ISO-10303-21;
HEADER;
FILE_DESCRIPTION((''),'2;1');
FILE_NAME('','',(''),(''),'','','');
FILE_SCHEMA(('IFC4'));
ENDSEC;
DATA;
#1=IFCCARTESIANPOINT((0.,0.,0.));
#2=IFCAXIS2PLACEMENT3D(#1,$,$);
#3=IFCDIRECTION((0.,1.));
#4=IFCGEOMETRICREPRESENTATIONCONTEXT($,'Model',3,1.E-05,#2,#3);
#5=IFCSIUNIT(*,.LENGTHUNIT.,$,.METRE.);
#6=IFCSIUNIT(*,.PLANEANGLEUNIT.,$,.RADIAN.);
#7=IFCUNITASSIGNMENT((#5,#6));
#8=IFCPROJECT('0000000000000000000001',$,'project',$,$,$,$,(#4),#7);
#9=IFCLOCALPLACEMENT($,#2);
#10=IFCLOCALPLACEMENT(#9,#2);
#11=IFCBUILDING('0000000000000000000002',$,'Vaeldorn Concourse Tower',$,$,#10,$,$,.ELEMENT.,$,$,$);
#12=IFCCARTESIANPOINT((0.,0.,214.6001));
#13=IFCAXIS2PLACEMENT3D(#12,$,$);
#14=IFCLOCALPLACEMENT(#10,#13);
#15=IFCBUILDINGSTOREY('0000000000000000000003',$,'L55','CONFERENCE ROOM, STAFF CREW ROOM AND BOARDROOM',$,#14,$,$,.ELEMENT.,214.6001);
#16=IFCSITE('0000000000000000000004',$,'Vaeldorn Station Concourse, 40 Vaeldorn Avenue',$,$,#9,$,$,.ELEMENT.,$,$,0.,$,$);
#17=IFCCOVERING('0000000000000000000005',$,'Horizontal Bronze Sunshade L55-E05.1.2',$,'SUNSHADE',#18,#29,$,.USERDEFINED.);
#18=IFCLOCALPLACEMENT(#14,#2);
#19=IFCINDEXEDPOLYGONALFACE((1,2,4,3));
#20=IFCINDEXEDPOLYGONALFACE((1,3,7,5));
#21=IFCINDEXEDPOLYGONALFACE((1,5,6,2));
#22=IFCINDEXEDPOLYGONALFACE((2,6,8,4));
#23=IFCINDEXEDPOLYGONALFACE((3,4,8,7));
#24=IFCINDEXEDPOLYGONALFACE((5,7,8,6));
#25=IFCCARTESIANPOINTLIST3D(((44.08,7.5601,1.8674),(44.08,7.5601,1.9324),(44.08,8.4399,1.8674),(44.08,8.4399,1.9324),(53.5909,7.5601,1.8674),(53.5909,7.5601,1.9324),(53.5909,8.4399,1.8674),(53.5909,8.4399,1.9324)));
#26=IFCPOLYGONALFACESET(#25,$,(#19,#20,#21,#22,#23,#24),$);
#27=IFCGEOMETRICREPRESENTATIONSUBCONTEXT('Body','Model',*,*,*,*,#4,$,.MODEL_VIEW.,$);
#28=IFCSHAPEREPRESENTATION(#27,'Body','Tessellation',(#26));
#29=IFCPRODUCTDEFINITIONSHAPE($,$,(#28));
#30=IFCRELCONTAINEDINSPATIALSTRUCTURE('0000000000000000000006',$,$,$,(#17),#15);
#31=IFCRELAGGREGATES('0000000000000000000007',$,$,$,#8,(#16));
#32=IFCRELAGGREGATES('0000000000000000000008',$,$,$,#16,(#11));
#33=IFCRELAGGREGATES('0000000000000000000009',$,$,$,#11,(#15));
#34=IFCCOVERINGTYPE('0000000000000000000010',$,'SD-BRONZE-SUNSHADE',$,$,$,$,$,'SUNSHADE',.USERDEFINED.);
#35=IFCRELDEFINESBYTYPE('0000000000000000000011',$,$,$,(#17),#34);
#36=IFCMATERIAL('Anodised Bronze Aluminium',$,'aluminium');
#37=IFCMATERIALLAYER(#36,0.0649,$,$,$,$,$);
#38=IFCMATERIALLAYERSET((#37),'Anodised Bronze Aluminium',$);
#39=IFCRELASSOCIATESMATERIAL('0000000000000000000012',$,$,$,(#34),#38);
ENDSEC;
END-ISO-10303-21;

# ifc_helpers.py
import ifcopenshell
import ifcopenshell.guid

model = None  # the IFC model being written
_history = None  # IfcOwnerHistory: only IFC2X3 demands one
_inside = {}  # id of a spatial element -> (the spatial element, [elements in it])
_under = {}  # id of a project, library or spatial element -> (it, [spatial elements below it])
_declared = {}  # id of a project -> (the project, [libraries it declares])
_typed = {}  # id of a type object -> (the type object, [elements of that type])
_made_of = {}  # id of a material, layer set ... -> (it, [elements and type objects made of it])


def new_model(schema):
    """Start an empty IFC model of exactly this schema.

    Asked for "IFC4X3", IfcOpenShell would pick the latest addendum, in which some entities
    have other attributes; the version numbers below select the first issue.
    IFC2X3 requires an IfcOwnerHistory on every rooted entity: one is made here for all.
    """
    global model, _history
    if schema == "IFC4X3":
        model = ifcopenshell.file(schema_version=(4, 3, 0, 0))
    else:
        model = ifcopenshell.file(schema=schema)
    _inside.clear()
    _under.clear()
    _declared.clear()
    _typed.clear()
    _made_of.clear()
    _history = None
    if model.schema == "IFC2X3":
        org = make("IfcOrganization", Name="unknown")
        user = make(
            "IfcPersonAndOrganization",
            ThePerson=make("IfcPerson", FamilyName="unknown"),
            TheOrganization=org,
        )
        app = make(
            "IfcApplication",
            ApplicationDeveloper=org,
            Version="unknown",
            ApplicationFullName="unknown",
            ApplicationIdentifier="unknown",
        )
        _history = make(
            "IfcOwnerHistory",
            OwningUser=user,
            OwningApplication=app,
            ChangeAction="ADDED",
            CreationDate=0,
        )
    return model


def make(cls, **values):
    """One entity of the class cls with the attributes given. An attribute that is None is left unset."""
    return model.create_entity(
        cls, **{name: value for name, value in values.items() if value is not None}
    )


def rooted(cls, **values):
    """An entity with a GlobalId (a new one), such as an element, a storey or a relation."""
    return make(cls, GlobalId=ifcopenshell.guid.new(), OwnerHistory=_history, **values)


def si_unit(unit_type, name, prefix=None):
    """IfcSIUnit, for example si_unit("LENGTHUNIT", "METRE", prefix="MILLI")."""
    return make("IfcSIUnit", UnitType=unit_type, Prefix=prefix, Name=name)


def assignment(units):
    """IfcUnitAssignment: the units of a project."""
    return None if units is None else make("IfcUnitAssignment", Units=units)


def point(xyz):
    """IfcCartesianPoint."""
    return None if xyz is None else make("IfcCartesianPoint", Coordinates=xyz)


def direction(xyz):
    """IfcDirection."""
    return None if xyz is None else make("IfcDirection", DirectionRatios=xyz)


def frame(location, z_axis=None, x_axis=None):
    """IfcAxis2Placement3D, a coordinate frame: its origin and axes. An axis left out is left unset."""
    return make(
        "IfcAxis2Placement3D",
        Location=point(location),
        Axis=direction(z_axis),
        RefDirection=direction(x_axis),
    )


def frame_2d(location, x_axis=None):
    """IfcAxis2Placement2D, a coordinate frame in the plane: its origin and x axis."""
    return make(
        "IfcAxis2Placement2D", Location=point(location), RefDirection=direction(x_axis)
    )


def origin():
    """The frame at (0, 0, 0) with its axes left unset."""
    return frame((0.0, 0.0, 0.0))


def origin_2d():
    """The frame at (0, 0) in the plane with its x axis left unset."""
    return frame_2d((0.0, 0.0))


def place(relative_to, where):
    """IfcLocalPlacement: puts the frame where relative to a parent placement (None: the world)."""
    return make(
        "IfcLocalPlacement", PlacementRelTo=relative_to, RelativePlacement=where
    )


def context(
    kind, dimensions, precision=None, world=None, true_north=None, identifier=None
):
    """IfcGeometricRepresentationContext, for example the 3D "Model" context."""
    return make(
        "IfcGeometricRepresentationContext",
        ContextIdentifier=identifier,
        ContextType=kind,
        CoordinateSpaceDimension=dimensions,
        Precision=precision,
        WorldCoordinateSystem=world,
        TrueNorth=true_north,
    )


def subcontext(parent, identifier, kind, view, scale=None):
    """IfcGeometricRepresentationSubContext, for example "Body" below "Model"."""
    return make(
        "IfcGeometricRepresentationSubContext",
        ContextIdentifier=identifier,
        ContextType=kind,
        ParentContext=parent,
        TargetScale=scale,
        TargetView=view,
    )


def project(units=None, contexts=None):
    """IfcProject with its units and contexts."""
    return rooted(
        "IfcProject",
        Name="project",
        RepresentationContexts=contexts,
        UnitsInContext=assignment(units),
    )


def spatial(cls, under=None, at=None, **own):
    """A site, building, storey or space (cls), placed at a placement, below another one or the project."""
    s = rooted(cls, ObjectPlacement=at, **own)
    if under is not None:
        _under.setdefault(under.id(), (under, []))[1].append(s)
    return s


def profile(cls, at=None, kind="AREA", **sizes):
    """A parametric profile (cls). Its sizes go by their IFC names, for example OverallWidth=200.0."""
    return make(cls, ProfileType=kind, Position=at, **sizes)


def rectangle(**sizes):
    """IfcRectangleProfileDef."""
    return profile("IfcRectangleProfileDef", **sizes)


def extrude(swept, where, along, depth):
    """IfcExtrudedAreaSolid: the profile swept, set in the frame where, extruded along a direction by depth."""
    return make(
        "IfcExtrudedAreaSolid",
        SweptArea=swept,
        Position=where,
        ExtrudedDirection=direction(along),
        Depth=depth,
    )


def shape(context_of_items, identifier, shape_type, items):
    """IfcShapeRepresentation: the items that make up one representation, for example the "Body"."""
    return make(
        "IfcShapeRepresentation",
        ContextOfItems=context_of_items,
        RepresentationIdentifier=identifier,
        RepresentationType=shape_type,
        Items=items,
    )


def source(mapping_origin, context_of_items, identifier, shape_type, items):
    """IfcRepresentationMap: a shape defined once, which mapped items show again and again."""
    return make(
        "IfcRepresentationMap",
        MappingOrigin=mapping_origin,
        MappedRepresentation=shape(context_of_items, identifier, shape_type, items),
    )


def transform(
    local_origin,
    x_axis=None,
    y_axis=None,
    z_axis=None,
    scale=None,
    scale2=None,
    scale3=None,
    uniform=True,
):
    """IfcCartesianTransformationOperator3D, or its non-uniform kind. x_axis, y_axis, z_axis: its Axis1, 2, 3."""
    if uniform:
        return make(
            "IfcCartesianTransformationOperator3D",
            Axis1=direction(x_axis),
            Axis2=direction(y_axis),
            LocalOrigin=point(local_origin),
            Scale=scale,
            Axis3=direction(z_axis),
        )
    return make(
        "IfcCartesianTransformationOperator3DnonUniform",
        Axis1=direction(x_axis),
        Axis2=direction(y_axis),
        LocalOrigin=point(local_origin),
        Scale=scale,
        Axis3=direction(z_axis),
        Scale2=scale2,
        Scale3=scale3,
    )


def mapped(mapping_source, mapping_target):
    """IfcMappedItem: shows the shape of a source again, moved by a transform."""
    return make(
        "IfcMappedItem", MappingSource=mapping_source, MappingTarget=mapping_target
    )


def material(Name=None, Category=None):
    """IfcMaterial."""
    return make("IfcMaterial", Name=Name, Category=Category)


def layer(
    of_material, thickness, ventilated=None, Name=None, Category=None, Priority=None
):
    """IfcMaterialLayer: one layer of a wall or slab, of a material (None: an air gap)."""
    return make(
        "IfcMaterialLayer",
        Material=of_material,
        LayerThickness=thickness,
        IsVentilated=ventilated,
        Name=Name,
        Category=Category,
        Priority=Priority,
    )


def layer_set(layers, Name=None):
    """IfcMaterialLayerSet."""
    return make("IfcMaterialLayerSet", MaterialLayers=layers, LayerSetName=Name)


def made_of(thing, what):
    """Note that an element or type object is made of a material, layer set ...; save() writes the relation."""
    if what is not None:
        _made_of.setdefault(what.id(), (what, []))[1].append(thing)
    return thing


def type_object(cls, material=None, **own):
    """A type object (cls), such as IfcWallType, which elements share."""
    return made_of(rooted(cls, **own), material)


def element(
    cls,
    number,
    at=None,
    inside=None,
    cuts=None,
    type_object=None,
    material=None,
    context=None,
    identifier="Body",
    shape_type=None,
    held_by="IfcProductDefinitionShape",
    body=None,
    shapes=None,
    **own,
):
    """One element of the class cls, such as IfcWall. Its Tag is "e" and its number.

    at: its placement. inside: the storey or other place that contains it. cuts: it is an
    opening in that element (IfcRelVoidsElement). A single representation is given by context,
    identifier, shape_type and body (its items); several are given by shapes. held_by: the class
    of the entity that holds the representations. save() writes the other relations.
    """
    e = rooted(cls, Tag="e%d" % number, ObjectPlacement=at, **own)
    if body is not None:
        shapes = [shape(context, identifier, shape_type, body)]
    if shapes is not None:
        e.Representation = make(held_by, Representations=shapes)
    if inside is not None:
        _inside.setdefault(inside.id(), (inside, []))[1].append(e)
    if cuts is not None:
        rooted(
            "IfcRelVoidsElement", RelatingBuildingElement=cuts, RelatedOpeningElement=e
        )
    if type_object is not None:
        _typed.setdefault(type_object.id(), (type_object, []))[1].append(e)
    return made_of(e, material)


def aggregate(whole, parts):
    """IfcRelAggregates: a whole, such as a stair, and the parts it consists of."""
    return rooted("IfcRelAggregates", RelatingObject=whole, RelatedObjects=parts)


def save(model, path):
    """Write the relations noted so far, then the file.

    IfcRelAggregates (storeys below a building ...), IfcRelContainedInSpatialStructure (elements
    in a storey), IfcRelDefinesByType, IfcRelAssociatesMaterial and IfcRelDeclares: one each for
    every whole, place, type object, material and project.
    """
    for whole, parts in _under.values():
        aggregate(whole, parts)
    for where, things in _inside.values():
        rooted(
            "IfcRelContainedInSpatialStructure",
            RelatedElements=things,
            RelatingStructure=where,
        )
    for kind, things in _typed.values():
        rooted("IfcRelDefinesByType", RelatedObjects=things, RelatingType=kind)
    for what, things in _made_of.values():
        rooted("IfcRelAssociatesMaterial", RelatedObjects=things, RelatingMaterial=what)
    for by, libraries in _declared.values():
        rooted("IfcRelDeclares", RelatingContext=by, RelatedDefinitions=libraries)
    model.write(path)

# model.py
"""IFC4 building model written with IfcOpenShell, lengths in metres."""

from ifc_helpers import new_model, si_unit, direction, frame, origin, origin_2d, place, context, subcontext, project, spatial, rectangle, extrude, source, transform, mapped, material, layer, layer_set, type_object, element, save


model = new_model("IFC4")

# Units and contexts
model_context = context("Model", 3, precision=1e-05, world=origin(), true_north=direction((0.0, 1.0)))
body_context = subcontext(model_context, "Body", "Model", "MODEL_VIEW")
ifc_project = project(units=[si_unit("LENGTHUNIT", "METRE"), si_unit("PLANEANGLEUNIT", "RADIAN")], contexts=[model_context])

# Site, building, storey
site_placement = place(None, origin())
site = spatial("IfcSite", under=ifc_project, at=site_placement, Name="Vaeldorn Station Concourse, 40 Vaeldorn Avenue", CompositionType="ELEMENT", RefElevation=0.0)
building_placement = place(site_placement, origin())
building = spatial("IfcBuilding", under=site, at=building_placement, Name="Vaeldorn Concourse Tower", CompositionType="ELEMENT")
storey_placement = place(building_placement, frame((0.0, 0.0, 214.6001)))
storey = spatial("IfcBuildingStorey", under=building, at=storey_placement, Name="L55", Description="CONFERENCE ROOM, STAFF CREW ROOM AND BOARDROOM", CompositionType="ELEMENT", Elevation=214.6001)

# Shared definitions
ifc_material_1 = material(Name="Anodised Bronze Aluminium", Category="aluminium")

# Covering
ifc_layer_1 = layer(ifc_material_1, 0.0649)
ifc_layer_set_1 = layer_set([ifc_layer_1], Name="Anodised Bronze Aluminium")
covering_type = type_object("IfcCoveringType", Name="SD-BRONZE-SUNSHADE", ElementType="SUNSHADE", PredefinedType="USERDEFINED", material=ifc_layer_set_1)
shared_shape_1 = source(origin(), body_context, "Body", "SweptSolid", [
    extrude(rectangle(XDim=9.511, YDim=0.8799, at=origin_2d()), origin(), (0.0, 0.0, 1.0), 0.0649),
])
for number, where, z_axis, x_axis, name in (
    (1, (48.8354, 8.0, 1.8674), (0.0, 0.0, 1.0), (1.0, 0.0, 0.0), "Horizontal Bronze Sunshade L55-E05.1.2"),
):
    element("IfcCovering", number, at=place(storey_placement, frame(where, z_axis=z_axis, x_axis=x_axis)), inside=storey, type_object=covering_type, Name=name, ObjectType="SUNSHADE", PredefinedType="USERDEFINED", context=body_context, shape_type="MappedRepresentation", body=[
        mapped(shared_shape_1, transform((0.0, 0.0, 0.0), scale=1.0)),
    ])

save(model, "model.ifc")
